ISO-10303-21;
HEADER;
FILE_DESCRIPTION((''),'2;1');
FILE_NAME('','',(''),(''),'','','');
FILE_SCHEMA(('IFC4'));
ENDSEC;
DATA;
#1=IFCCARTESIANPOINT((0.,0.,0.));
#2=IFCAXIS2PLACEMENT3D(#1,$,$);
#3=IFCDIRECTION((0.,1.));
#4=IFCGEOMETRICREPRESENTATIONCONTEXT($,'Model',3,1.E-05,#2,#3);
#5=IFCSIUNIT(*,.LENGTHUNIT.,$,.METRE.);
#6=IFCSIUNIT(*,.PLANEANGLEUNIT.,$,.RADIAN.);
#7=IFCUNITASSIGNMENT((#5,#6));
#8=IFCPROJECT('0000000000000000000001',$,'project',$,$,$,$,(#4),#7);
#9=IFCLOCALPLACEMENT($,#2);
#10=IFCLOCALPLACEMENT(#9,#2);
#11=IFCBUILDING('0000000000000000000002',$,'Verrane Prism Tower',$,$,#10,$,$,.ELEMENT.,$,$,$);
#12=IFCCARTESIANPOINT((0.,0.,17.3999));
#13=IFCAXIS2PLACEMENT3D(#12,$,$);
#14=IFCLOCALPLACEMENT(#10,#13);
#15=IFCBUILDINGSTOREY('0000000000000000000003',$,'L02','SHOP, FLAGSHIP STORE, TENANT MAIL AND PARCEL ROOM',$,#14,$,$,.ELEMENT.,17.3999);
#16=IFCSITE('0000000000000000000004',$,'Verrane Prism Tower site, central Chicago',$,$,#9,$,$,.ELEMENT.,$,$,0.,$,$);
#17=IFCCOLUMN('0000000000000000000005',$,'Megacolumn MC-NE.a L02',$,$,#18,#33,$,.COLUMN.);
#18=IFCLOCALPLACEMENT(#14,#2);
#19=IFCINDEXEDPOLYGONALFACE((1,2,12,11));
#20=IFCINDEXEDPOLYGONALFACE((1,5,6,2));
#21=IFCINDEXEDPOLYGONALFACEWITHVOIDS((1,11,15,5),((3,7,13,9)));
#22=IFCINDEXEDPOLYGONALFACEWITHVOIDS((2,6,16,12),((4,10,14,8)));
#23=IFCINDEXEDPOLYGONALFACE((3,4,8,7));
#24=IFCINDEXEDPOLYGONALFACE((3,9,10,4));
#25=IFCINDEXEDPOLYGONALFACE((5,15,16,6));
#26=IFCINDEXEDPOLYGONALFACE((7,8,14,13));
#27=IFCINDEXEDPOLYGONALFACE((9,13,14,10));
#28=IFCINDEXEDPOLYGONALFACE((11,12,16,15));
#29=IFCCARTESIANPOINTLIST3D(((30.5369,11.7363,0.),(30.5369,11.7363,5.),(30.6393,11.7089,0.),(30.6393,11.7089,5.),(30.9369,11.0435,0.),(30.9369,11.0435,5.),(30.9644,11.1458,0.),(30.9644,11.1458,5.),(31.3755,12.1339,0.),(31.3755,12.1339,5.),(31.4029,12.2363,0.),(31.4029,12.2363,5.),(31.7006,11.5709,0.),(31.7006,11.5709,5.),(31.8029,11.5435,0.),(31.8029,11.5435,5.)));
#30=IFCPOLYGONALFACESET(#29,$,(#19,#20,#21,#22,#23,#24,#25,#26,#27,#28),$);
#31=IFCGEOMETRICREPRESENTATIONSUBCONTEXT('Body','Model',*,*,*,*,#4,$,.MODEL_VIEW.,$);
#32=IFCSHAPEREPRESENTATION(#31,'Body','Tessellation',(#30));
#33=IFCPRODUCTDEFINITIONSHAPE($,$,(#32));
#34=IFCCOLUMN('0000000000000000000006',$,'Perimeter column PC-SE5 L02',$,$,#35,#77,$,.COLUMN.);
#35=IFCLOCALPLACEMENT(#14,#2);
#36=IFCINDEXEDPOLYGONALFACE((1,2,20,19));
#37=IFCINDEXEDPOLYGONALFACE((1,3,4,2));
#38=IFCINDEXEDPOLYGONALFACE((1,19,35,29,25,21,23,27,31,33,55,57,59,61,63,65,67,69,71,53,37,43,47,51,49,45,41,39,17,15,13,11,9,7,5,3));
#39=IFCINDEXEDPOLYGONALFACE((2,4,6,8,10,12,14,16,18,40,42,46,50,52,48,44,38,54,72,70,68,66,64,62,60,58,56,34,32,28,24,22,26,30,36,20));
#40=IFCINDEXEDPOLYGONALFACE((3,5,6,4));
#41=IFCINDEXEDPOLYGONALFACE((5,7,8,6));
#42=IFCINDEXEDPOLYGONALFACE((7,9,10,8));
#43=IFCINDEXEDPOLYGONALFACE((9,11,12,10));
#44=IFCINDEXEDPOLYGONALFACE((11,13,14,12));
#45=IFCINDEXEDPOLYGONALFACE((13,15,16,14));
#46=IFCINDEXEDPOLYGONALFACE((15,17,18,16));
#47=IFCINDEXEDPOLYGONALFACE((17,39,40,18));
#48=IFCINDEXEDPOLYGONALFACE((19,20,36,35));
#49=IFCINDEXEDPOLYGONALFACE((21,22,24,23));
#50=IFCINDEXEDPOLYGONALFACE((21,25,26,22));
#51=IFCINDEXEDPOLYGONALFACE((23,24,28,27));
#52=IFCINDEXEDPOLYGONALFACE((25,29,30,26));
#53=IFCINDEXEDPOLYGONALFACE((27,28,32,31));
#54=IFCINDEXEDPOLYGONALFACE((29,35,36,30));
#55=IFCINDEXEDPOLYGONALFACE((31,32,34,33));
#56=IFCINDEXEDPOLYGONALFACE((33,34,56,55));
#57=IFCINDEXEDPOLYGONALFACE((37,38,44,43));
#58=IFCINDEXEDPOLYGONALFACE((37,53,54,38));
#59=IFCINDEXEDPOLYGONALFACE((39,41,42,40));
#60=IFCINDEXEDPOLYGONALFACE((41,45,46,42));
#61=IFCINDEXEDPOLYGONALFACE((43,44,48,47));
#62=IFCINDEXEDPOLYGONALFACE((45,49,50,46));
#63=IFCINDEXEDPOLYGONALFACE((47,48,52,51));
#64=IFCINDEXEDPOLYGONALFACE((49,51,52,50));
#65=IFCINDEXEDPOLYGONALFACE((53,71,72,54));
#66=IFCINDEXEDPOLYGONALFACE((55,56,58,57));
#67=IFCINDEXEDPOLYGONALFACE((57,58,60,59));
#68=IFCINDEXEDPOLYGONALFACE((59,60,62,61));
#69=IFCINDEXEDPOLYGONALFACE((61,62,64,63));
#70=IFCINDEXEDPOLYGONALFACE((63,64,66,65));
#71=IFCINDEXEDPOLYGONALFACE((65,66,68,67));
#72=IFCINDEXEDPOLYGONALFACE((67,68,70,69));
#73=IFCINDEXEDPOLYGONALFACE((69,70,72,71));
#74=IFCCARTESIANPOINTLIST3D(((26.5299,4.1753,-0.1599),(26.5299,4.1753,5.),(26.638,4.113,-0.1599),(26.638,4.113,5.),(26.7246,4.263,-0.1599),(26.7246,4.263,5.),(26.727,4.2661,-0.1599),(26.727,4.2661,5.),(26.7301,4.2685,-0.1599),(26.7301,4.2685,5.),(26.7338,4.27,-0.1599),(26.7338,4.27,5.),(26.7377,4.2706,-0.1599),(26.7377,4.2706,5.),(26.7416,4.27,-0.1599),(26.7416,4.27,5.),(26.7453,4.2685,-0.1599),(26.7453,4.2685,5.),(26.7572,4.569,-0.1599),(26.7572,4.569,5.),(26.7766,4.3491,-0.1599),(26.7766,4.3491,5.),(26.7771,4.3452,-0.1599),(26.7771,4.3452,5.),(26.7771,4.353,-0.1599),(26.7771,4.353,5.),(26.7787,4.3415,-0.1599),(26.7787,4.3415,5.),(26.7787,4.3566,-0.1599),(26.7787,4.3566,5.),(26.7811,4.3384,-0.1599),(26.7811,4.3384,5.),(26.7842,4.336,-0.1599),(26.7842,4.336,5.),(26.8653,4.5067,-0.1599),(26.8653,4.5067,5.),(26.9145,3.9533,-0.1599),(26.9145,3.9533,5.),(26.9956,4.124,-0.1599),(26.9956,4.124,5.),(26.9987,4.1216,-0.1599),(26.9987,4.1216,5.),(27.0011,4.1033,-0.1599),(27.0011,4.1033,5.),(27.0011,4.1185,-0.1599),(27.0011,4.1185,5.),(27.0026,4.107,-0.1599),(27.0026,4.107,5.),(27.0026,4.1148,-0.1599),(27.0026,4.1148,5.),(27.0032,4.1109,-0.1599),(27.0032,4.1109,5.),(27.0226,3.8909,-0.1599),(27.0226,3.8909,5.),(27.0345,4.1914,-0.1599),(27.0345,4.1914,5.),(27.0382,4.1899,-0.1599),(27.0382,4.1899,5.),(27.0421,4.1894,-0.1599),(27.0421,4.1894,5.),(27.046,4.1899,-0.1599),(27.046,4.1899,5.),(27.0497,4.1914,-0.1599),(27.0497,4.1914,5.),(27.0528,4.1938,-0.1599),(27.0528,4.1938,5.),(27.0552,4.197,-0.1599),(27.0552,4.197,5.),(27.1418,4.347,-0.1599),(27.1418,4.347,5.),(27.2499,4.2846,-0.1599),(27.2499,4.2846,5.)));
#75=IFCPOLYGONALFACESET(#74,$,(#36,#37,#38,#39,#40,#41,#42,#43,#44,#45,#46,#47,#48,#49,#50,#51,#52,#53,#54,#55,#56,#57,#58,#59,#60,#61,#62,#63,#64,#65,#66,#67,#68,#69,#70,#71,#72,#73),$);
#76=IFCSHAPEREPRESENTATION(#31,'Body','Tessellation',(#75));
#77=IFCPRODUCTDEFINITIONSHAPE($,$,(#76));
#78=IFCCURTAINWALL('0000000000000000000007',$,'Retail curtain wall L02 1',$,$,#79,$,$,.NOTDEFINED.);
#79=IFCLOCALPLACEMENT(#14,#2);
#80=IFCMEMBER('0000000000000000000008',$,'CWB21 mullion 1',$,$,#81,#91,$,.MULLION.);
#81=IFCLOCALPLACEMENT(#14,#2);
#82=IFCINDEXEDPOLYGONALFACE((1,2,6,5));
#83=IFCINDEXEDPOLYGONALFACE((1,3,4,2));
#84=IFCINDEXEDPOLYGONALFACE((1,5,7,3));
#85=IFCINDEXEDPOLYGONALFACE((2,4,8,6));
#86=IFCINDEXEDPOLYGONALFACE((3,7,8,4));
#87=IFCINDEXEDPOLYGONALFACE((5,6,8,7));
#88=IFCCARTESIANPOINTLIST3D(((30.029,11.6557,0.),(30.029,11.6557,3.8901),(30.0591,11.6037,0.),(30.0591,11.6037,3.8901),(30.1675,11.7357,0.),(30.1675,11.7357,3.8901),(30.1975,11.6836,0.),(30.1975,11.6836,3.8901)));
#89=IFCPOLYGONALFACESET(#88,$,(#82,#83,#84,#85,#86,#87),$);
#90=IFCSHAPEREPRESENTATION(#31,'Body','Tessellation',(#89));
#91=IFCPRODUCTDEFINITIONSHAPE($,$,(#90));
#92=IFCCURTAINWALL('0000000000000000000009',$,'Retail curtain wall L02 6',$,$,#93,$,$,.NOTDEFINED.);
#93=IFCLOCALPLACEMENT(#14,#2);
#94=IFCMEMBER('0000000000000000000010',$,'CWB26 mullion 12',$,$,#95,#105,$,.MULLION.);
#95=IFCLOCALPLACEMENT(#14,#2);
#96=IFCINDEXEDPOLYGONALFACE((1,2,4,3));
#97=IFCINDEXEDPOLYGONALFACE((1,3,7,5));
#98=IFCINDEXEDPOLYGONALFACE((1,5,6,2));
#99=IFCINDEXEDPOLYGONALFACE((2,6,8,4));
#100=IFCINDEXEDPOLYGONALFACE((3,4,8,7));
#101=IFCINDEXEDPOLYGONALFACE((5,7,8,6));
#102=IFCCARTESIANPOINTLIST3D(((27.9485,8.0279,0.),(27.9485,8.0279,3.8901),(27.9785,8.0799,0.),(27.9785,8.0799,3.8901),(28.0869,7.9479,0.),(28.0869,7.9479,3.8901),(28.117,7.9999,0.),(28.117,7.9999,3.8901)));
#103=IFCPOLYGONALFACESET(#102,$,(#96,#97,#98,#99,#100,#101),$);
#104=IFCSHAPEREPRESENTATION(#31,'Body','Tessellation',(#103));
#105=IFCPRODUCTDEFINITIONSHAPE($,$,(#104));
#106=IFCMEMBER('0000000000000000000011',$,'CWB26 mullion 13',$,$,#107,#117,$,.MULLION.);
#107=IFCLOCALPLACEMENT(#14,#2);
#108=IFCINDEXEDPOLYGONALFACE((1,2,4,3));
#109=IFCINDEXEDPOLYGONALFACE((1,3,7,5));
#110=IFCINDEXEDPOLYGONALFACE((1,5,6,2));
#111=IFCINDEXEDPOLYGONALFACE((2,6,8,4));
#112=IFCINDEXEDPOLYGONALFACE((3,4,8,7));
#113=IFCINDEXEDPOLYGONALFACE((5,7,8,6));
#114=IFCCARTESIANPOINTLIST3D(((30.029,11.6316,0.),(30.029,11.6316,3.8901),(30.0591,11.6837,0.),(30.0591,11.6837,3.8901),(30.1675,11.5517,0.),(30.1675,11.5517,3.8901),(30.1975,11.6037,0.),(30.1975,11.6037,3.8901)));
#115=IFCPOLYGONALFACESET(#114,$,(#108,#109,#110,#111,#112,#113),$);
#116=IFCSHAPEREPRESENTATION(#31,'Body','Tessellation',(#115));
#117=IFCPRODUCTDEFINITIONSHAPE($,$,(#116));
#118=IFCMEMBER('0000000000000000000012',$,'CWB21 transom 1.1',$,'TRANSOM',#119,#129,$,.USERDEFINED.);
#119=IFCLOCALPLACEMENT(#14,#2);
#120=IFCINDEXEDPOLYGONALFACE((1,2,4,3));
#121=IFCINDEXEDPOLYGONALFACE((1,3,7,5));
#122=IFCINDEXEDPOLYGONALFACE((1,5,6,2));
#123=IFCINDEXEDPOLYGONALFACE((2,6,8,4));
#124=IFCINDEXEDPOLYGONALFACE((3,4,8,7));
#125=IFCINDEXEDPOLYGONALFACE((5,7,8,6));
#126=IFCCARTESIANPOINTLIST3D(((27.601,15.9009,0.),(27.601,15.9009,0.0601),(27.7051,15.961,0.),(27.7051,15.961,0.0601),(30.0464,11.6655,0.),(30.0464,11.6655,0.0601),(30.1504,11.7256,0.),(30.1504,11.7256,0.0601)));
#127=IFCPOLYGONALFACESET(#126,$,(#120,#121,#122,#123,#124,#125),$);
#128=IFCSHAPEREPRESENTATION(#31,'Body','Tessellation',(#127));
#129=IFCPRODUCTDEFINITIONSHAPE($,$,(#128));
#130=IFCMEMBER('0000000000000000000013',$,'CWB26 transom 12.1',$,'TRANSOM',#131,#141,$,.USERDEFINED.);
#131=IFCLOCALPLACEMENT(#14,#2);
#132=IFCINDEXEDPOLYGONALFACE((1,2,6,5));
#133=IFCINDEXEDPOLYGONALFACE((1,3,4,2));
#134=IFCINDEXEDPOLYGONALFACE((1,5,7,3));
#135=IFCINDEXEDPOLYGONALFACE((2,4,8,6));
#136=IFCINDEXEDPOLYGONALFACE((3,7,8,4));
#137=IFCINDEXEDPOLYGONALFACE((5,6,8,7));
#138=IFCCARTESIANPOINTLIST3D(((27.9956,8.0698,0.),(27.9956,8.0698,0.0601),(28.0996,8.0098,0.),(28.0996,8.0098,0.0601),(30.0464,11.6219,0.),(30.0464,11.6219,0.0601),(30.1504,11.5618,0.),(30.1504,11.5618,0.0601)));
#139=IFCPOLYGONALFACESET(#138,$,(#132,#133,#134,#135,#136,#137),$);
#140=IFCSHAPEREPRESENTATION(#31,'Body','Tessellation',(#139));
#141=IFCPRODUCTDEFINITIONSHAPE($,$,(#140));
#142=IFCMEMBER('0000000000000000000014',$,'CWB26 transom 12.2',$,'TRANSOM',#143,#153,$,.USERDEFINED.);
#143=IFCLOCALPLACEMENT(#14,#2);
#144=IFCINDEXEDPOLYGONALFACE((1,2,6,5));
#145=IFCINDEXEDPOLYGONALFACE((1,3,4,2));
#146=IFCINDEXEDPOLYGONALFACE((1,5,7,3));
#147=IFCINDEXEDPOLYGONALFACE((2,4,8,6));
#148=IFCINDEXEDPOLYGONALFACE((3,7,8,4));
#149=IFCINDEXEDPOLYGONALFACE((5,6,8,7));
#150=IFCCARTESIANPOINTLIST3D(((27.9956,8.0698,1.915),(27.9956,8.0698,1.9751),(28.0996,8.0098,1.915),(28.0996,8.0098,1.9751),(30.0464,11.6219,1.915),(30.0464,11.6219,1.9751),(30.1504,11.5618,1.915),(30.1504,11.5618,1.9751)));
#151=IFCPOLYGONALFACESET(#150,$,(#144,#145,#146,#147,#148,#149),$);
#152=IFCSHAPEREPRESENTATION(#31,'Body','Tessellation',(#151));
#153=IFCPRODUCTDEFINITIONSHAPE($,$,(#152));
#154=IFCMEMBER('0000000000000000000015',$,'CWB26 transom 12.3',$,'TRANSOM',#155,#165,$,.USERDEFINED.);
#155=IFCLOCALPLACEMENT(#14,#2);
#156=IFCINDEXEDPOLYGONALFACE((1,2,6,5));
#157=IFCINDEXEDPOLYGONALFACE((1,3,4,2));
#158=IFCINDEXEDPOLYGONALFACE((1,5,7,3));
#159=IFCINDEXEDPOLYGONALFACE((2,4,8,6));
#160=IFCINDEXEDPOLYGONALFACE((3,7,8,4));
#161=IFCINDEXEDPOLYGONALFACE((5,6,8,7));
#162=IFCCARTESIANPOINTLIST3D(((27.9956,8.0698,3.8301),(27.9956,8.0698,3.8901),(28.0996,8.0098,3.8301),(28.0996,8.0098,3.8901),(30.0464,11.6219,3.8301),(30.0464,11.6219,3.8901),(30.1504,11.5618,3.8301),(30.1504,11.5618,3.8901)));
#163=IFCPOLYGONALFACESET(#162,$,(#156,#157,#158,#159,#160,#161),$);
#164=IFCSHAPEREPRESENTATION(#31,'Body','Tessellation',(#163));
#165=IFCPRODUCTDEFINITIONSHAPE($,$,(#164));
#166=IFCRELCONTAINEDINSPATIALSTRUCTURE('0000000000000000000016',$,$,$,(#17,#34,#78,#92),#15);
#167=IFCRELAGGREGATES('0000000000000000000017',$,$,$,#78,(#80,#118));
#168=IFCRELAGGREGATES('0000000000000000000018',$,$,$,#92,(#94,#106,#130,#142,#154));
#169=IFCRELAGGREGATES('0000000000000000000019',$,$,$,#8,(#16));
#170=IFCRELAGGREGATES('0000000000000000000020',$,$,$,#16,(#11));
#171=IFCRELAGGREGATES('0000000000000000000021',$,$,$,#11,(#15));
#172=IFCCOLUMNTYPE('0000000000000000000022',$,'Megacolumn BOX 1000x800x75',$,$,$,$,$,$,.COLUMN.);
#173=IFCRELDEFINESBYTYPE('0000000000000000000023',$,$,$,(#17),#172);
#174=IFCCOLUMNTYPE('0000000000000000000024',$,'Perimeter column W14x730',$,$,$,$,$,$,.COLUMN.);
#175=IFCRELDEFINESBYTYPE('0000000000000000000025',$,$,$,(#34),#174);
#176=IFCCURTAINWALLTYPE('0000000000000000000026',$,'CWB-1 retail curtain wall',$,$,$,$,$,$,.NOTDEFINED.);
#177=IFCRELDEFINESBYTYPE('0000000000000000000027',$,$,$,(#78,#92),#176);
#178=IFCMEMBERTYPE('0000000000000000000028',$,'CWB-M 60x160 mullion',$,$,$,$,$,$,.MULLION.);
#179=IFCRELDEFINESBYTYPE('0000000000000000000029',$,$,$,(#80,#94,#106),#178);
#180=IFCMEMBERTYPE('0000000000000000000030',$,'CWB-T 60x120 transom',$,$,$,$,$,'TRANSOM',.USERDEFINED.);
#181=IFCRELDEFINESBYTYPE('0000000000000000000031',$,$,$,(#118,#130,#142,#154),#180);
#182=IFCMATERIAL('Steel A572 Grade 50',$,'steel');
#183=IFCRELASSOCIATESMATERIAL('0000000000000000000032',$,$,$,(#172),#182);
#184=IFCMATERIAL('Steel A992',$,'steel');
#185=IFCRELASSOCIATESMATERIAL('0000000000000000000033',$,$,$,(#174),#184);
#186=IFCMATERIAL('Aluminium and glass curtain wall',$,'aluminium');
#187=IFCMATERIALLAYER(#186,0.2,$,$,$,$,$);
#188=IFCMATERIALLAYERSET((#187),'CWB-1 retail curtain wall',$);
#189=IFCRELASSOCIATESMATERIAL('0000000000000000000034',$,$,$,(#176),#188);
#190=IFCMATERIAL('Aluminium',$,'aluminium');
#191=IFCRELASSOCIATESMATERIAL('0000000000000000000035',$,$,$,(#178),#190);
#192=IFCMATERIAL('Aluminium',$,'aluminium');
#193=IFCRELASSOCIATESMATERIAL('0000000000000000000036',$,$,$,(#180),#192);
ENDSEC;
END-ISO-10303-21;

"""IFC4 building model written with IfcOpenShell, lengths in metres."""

from ifc_helpers import new_model, si_unit, direction, frame, origin, origin_2d, place, context, subcontext, project, spatial, rectangle, hollow_rectangle, i_section, extrude, material, layer, layer_set, material_profile, profile_set, type_object, element, aggregate, save


model = new_model("IFC4")

# Units and contexts
model_context = context("Model", 3, precision=1e-05, world=origin(), true_north=direction((0.0, 1.0)))
body_context = subcontext(model_context, "Body", "Model", "MODEL_VIEW")
ifc_project = project(units=[si_unit("LENGTHUNIT", "METRE"), si_unit("PLANEANGLEUNIT", "RADIAN")], contexts=[model_context])

# Site, building, storey
site_placement = place(None, origin())
site = spatial("IfcSite", under=ifc_project, at=site_placement, Name="Verrane Prism Tower site, central Chicago", CompositionType="ELEMENT", RefElevation=0.0)
building_placement = place(site_placement, origin())
building = spatial("IfcBuilding", under=site, at=building_placement, Name="Verrane Prism Tower", CompositionType="ELEMENT")
storey_placement = place(building_placement, frame((0.0, 0.0, 17.3999)))
storey = spatial("IfcBuildingStorey", under=building, at=storey_placement, Name="L02", Description="SHOP, FLAGSHIP STORE, TENANT MAIL AND PARCEL ROOM", CompositionType="ELEMENT", Elevation=17.3999)

# Columns
ifc_material_1 = material(Name="Steel A572 Grade 50", Category="steel")
ifc_material_profile_1 = material_profile(ifc_material_1, hollow_rectangle(XDim=0.8, YDim=1.0, WallThickness=0.075, at=origin_2d()), Name="BOX 1000x800x75")
ifc_profile_set_1 = profile_set([ifc_material_profile_1], Name="Steel A572 Grade 50")
column_type_1 = type_object("IfcColumnType", Name="Megacolumn BOX 1000x800x75", PredefinedType="COLUMN", material=ifc_profile_set_1)
column_1_placement = place(storey_placement, frame((31.1699, 11.6399, 0.0), z_axis=(0.0, 0.0, 1.0), x_axis=(0.5, -0.866025, 0.0)))
element("IfcColumn", 1, at=column_1_placement, inside=storey, type_object=column_type_1, Name="Megacolumn MC-NE.a L02", PredefinedType="COLUMN", context=body_context, shape_type="SweptSolid", body=[
    extrude(hollow_rectangle(XDim=0.8, YDim=1.0, WallThickness=0.075, at=origin_2d()), origin(), (0.0, 0.0, 1.0), 5.0),
])
ifc_material_2 = material(Name="Steel A992", Category="steel")
ifc_material_profile_2 = material_profile(ifc_material_2, i_section(OverallWidth=0.4546, OverallDepth=0.5688, WebThickness=0.0779, FlangeThickness=0.1248, FilletRadius=0.0151, at=origin_2d()), Name="W14x730")
ifc_profile_set_2 = profile_set([ifc_material_profile_2], Name="Steel A992")
column_type_2 = type_object("IfcColumnType", Name="Perimeter column W14x730", PredefinedType="COLUMN", material=ifc_profile_set_2)
column_2_placement = place(storey_placement, frame((26.8899, 4.23, -0.1599), z_axis=(0.0, 0.0, 1.0), x_axis=(-0.5, -0.866025, 0.0)))
element("IfcColumn", 2, at=column_2_placement, inside=storey, type_object=column_type_2, Name="Perimeter column PC-SE5 L02", PredefinedType="COLUMN", context=body_context, shape_type="SweptSolid", body=[
    extrude(i_section(OverallWidth=0.4546, OverallDepth=0.5688, WebThickness=0.0779, FlangeThickness=0.1248, FilletRadius=0.0151, at=origin_2d()), origin(), (0.0, 0.0, 1.0), 5.1599),
])

# Curtain wall, member
ifc_material_3 = material(Name="Aluminium and glass curtain wall", Category="aluminium")
ifc_layer_1 = layer(ifc_material_3, 0.2)
ifc_layer_set_1 = layer_set([ifc_layer_1], Name="CWB-1 retail curtain wall")
curtain_wall_type = type_object("IfcCurtainWallType", Name="CWB-1 retail curtain wall", PredefinedType="NOTDEFINED", material=ifc_layer_set_1)
curtain_wall_1_placement = place(storey_placement, origin())
curtain_wall_1 = element("IfcCurtainWall", 3, at=curtain_wall_1_placement, inside=storey, type_object=curtain_wall_type, Name="Retail curtain wall L02 1", PredefinedType="NOTDEFINED")
ifc_material_4 = material(Name="Aluminium", Category="aluminium")
ifc_material_profile_3 = material_profile(ifc_material_4, rectangle(XDim=0.1599, YDim=0.0601, at=origin_2d()), Name="CWB-M 60x160 mullion")
ifc_profile_set_3 = profile_set([ifc_material_profile_3], Name="Aluminium")
member_type_1 = type_object("IfcMemberType", Name="CWB-M 60x160 mullion", PredefinedType="MULLION", material=ifc_profile_set_3)
member_1_placement = place(storey_placement, frame((30.1133, 11.6697, 0.0), z_axis=(0.0, 0.0, 1.0), x_axis=(-0.866026, -0.499999, 0.0)))
member_1 = element("IfcMember", 4, at=member_1_placement, type_object=member_type_1, Name="CWB21 mullion 1", PredefinedType="MULLION", context=body_context, shape_type="SweptSolid", body=[
    extrude(rectangle(XDim=0.1599, YDim=0.0601, at=origin_2d()), origin(), (0.0, 0.0, 1.0), 3.8901),
])

# Curtain wall, members
curtain_wall_2_placement = place(storey_placement, origin())
curtain_wall_2 = element("IfcCurtainWall", 5, at=curtain_wall_2_placement, inside=storey, type_object=curtain_wall_type, Name="Retail curtain wall L02 6", PredefinedType="NOTDEFINED")
member_2_placement = place(storey_placement, frame((28.0327, 8.0139, 0.0), z_axis=(0.0, 0.0, 1.0), x_axis=(-0.866025, 0.5, 0.0)))
member_2 = element("IfcMember", 6, at=member_2_placement, type_object=member_type_1, Name="CWB26 mullion 12", PredefinedType="MULLION", context=body_context, shape_type="SweptSolid", body=[
    extrude(rectangle(XDim=0.1599, YDim=0.0601, at=origin_2d()), origin(), (0.0, 0.0, 1.0), 3.8901),
])
member_3_placement = place(storey_placement, frame((30.1133, 11.6177, 0.0), z_axis=(0.0, 0.0, 1.0), x_axis=(-0.866025, 0.5, 0.0)))
member_3 = element("IfcMember", 7, at=member_3_placement, type_object=member_type_1, Name="CWB26 mullion 13", PredefinedType="MULLION", context=body_context, shape_type="SweptSolid", body=[
    extrude(rectangle(XDim=0.1599, YDim=0.0601, at=origin_2d()), origin(), (0.0, 0.0, 1.0), 3.8901),
])

# Members
ifc_material_5 = material(Name="Aluminium", Category="aluminium")
ifc_material_profile_4 = material_profile(ifc_material_5, rectangle(XDim=0.1201, YDim=0.0601, at=origin_2d()), Name="CWB-T 60x120 transom")
ifc_profile_set_4 = profile_set([ifc_material_profile_4], Name="Aluminium")
member_type_2 = type_object("IfcMemberType", Name="CWB-T 60x120 transom", ElementType="TRANSOM", PredefinedType="USERDEFINED", material=ifc_profile_set_4)
member_4_placement = place(storey_placement, frame((30.0984, 11.6956, 0.03), z_axis=(-0.500005, 0.866023, 0.0), x_axis=(-0.866023, -0.500005, 0.0)))
member_4 = element("IfcMember", 8, at=member_4_placement, type_object=member_type_2, Name="CWB21 transom 1.1", ObjectType="TRANSOM", PredefinedType="USERDEFINED", context=body_context, shape_type="SweptSolid", body=[
    extrude(rectangle(XDim=0.1201, YDim=0.0601, at=origin_2d()), origin(), (0.0, 0.0, 1.0), 4.8906),
])
aggregate(curtain_wall_1, [member_1, member_4])
member_5_placement = place(storey_placement, frame((28.0476, 8.0398, 0.03), z_axis=(0.500006, 0.866022, 0.0), x_axis=(-0.866022, 0.500006, 0.0)))
member_5 = element("IfcMember", 9, at=member_5_placement, type_object=member_type_2, Name="CWB26 transom 12.1", ObjectType="TRANSOM", PredefinedType="USERDEFINED", context=body_context, shape_type="SweptSolid", body=[
    extrude(rectangle(XDim=0.1201, YDim=0.0601, at=origin_2d()), origin(), (0.0, 0.0, 1.0), 4.1016),
])
member_6_placement = place(storey_placement, frame((28.0476, 8.0398, 1.9451), z_axis=(0.500006, 0.866022, 0.0), x_axis=(-0.866022, 0.500006, 0.0)))
member_6 = element("IfcMember", 10, at=member_6_placement, type_object=member_type_2, Name="CWB26 transom 12.2", ObjectType="TRANSOM", PredefinedType="USERDEFINED", context=body_context, shape_type="SweptSolid", body=[
    extrude(rectangle(XDim=0.1201, YDim=0.0601, at=origin_2d()), origin(), (0.0, 0.0, 1.0), 4.1016),
])
member_7_placement = place(storey_placement, frame((28.0476, 8.0398, 3.8601), z_axis=(0.500006, 0.866022, 0.0), x_axis=(-0.866022, 0.500006, 0.0)))
member_7 = element("IfcMember", 11, at=member_7_placement, type_object=member_type_2, Name="CWB26 transom 12.3", ObjectType="TRANSOM", PredefinedType="USERDEFINED", context=body_context, shape_type="SweptSolid", body=[
    extrude(rectangle(XDim=0.1201, YDim=0.0601, at=origin_2d()), origin(), (0.0, 0.0, 1.0), 4.1016),
])

aggregate(curtain_wall_2, [member_2, member_3, member_5, member_6, member_7])

save(model, "model.ifc")
